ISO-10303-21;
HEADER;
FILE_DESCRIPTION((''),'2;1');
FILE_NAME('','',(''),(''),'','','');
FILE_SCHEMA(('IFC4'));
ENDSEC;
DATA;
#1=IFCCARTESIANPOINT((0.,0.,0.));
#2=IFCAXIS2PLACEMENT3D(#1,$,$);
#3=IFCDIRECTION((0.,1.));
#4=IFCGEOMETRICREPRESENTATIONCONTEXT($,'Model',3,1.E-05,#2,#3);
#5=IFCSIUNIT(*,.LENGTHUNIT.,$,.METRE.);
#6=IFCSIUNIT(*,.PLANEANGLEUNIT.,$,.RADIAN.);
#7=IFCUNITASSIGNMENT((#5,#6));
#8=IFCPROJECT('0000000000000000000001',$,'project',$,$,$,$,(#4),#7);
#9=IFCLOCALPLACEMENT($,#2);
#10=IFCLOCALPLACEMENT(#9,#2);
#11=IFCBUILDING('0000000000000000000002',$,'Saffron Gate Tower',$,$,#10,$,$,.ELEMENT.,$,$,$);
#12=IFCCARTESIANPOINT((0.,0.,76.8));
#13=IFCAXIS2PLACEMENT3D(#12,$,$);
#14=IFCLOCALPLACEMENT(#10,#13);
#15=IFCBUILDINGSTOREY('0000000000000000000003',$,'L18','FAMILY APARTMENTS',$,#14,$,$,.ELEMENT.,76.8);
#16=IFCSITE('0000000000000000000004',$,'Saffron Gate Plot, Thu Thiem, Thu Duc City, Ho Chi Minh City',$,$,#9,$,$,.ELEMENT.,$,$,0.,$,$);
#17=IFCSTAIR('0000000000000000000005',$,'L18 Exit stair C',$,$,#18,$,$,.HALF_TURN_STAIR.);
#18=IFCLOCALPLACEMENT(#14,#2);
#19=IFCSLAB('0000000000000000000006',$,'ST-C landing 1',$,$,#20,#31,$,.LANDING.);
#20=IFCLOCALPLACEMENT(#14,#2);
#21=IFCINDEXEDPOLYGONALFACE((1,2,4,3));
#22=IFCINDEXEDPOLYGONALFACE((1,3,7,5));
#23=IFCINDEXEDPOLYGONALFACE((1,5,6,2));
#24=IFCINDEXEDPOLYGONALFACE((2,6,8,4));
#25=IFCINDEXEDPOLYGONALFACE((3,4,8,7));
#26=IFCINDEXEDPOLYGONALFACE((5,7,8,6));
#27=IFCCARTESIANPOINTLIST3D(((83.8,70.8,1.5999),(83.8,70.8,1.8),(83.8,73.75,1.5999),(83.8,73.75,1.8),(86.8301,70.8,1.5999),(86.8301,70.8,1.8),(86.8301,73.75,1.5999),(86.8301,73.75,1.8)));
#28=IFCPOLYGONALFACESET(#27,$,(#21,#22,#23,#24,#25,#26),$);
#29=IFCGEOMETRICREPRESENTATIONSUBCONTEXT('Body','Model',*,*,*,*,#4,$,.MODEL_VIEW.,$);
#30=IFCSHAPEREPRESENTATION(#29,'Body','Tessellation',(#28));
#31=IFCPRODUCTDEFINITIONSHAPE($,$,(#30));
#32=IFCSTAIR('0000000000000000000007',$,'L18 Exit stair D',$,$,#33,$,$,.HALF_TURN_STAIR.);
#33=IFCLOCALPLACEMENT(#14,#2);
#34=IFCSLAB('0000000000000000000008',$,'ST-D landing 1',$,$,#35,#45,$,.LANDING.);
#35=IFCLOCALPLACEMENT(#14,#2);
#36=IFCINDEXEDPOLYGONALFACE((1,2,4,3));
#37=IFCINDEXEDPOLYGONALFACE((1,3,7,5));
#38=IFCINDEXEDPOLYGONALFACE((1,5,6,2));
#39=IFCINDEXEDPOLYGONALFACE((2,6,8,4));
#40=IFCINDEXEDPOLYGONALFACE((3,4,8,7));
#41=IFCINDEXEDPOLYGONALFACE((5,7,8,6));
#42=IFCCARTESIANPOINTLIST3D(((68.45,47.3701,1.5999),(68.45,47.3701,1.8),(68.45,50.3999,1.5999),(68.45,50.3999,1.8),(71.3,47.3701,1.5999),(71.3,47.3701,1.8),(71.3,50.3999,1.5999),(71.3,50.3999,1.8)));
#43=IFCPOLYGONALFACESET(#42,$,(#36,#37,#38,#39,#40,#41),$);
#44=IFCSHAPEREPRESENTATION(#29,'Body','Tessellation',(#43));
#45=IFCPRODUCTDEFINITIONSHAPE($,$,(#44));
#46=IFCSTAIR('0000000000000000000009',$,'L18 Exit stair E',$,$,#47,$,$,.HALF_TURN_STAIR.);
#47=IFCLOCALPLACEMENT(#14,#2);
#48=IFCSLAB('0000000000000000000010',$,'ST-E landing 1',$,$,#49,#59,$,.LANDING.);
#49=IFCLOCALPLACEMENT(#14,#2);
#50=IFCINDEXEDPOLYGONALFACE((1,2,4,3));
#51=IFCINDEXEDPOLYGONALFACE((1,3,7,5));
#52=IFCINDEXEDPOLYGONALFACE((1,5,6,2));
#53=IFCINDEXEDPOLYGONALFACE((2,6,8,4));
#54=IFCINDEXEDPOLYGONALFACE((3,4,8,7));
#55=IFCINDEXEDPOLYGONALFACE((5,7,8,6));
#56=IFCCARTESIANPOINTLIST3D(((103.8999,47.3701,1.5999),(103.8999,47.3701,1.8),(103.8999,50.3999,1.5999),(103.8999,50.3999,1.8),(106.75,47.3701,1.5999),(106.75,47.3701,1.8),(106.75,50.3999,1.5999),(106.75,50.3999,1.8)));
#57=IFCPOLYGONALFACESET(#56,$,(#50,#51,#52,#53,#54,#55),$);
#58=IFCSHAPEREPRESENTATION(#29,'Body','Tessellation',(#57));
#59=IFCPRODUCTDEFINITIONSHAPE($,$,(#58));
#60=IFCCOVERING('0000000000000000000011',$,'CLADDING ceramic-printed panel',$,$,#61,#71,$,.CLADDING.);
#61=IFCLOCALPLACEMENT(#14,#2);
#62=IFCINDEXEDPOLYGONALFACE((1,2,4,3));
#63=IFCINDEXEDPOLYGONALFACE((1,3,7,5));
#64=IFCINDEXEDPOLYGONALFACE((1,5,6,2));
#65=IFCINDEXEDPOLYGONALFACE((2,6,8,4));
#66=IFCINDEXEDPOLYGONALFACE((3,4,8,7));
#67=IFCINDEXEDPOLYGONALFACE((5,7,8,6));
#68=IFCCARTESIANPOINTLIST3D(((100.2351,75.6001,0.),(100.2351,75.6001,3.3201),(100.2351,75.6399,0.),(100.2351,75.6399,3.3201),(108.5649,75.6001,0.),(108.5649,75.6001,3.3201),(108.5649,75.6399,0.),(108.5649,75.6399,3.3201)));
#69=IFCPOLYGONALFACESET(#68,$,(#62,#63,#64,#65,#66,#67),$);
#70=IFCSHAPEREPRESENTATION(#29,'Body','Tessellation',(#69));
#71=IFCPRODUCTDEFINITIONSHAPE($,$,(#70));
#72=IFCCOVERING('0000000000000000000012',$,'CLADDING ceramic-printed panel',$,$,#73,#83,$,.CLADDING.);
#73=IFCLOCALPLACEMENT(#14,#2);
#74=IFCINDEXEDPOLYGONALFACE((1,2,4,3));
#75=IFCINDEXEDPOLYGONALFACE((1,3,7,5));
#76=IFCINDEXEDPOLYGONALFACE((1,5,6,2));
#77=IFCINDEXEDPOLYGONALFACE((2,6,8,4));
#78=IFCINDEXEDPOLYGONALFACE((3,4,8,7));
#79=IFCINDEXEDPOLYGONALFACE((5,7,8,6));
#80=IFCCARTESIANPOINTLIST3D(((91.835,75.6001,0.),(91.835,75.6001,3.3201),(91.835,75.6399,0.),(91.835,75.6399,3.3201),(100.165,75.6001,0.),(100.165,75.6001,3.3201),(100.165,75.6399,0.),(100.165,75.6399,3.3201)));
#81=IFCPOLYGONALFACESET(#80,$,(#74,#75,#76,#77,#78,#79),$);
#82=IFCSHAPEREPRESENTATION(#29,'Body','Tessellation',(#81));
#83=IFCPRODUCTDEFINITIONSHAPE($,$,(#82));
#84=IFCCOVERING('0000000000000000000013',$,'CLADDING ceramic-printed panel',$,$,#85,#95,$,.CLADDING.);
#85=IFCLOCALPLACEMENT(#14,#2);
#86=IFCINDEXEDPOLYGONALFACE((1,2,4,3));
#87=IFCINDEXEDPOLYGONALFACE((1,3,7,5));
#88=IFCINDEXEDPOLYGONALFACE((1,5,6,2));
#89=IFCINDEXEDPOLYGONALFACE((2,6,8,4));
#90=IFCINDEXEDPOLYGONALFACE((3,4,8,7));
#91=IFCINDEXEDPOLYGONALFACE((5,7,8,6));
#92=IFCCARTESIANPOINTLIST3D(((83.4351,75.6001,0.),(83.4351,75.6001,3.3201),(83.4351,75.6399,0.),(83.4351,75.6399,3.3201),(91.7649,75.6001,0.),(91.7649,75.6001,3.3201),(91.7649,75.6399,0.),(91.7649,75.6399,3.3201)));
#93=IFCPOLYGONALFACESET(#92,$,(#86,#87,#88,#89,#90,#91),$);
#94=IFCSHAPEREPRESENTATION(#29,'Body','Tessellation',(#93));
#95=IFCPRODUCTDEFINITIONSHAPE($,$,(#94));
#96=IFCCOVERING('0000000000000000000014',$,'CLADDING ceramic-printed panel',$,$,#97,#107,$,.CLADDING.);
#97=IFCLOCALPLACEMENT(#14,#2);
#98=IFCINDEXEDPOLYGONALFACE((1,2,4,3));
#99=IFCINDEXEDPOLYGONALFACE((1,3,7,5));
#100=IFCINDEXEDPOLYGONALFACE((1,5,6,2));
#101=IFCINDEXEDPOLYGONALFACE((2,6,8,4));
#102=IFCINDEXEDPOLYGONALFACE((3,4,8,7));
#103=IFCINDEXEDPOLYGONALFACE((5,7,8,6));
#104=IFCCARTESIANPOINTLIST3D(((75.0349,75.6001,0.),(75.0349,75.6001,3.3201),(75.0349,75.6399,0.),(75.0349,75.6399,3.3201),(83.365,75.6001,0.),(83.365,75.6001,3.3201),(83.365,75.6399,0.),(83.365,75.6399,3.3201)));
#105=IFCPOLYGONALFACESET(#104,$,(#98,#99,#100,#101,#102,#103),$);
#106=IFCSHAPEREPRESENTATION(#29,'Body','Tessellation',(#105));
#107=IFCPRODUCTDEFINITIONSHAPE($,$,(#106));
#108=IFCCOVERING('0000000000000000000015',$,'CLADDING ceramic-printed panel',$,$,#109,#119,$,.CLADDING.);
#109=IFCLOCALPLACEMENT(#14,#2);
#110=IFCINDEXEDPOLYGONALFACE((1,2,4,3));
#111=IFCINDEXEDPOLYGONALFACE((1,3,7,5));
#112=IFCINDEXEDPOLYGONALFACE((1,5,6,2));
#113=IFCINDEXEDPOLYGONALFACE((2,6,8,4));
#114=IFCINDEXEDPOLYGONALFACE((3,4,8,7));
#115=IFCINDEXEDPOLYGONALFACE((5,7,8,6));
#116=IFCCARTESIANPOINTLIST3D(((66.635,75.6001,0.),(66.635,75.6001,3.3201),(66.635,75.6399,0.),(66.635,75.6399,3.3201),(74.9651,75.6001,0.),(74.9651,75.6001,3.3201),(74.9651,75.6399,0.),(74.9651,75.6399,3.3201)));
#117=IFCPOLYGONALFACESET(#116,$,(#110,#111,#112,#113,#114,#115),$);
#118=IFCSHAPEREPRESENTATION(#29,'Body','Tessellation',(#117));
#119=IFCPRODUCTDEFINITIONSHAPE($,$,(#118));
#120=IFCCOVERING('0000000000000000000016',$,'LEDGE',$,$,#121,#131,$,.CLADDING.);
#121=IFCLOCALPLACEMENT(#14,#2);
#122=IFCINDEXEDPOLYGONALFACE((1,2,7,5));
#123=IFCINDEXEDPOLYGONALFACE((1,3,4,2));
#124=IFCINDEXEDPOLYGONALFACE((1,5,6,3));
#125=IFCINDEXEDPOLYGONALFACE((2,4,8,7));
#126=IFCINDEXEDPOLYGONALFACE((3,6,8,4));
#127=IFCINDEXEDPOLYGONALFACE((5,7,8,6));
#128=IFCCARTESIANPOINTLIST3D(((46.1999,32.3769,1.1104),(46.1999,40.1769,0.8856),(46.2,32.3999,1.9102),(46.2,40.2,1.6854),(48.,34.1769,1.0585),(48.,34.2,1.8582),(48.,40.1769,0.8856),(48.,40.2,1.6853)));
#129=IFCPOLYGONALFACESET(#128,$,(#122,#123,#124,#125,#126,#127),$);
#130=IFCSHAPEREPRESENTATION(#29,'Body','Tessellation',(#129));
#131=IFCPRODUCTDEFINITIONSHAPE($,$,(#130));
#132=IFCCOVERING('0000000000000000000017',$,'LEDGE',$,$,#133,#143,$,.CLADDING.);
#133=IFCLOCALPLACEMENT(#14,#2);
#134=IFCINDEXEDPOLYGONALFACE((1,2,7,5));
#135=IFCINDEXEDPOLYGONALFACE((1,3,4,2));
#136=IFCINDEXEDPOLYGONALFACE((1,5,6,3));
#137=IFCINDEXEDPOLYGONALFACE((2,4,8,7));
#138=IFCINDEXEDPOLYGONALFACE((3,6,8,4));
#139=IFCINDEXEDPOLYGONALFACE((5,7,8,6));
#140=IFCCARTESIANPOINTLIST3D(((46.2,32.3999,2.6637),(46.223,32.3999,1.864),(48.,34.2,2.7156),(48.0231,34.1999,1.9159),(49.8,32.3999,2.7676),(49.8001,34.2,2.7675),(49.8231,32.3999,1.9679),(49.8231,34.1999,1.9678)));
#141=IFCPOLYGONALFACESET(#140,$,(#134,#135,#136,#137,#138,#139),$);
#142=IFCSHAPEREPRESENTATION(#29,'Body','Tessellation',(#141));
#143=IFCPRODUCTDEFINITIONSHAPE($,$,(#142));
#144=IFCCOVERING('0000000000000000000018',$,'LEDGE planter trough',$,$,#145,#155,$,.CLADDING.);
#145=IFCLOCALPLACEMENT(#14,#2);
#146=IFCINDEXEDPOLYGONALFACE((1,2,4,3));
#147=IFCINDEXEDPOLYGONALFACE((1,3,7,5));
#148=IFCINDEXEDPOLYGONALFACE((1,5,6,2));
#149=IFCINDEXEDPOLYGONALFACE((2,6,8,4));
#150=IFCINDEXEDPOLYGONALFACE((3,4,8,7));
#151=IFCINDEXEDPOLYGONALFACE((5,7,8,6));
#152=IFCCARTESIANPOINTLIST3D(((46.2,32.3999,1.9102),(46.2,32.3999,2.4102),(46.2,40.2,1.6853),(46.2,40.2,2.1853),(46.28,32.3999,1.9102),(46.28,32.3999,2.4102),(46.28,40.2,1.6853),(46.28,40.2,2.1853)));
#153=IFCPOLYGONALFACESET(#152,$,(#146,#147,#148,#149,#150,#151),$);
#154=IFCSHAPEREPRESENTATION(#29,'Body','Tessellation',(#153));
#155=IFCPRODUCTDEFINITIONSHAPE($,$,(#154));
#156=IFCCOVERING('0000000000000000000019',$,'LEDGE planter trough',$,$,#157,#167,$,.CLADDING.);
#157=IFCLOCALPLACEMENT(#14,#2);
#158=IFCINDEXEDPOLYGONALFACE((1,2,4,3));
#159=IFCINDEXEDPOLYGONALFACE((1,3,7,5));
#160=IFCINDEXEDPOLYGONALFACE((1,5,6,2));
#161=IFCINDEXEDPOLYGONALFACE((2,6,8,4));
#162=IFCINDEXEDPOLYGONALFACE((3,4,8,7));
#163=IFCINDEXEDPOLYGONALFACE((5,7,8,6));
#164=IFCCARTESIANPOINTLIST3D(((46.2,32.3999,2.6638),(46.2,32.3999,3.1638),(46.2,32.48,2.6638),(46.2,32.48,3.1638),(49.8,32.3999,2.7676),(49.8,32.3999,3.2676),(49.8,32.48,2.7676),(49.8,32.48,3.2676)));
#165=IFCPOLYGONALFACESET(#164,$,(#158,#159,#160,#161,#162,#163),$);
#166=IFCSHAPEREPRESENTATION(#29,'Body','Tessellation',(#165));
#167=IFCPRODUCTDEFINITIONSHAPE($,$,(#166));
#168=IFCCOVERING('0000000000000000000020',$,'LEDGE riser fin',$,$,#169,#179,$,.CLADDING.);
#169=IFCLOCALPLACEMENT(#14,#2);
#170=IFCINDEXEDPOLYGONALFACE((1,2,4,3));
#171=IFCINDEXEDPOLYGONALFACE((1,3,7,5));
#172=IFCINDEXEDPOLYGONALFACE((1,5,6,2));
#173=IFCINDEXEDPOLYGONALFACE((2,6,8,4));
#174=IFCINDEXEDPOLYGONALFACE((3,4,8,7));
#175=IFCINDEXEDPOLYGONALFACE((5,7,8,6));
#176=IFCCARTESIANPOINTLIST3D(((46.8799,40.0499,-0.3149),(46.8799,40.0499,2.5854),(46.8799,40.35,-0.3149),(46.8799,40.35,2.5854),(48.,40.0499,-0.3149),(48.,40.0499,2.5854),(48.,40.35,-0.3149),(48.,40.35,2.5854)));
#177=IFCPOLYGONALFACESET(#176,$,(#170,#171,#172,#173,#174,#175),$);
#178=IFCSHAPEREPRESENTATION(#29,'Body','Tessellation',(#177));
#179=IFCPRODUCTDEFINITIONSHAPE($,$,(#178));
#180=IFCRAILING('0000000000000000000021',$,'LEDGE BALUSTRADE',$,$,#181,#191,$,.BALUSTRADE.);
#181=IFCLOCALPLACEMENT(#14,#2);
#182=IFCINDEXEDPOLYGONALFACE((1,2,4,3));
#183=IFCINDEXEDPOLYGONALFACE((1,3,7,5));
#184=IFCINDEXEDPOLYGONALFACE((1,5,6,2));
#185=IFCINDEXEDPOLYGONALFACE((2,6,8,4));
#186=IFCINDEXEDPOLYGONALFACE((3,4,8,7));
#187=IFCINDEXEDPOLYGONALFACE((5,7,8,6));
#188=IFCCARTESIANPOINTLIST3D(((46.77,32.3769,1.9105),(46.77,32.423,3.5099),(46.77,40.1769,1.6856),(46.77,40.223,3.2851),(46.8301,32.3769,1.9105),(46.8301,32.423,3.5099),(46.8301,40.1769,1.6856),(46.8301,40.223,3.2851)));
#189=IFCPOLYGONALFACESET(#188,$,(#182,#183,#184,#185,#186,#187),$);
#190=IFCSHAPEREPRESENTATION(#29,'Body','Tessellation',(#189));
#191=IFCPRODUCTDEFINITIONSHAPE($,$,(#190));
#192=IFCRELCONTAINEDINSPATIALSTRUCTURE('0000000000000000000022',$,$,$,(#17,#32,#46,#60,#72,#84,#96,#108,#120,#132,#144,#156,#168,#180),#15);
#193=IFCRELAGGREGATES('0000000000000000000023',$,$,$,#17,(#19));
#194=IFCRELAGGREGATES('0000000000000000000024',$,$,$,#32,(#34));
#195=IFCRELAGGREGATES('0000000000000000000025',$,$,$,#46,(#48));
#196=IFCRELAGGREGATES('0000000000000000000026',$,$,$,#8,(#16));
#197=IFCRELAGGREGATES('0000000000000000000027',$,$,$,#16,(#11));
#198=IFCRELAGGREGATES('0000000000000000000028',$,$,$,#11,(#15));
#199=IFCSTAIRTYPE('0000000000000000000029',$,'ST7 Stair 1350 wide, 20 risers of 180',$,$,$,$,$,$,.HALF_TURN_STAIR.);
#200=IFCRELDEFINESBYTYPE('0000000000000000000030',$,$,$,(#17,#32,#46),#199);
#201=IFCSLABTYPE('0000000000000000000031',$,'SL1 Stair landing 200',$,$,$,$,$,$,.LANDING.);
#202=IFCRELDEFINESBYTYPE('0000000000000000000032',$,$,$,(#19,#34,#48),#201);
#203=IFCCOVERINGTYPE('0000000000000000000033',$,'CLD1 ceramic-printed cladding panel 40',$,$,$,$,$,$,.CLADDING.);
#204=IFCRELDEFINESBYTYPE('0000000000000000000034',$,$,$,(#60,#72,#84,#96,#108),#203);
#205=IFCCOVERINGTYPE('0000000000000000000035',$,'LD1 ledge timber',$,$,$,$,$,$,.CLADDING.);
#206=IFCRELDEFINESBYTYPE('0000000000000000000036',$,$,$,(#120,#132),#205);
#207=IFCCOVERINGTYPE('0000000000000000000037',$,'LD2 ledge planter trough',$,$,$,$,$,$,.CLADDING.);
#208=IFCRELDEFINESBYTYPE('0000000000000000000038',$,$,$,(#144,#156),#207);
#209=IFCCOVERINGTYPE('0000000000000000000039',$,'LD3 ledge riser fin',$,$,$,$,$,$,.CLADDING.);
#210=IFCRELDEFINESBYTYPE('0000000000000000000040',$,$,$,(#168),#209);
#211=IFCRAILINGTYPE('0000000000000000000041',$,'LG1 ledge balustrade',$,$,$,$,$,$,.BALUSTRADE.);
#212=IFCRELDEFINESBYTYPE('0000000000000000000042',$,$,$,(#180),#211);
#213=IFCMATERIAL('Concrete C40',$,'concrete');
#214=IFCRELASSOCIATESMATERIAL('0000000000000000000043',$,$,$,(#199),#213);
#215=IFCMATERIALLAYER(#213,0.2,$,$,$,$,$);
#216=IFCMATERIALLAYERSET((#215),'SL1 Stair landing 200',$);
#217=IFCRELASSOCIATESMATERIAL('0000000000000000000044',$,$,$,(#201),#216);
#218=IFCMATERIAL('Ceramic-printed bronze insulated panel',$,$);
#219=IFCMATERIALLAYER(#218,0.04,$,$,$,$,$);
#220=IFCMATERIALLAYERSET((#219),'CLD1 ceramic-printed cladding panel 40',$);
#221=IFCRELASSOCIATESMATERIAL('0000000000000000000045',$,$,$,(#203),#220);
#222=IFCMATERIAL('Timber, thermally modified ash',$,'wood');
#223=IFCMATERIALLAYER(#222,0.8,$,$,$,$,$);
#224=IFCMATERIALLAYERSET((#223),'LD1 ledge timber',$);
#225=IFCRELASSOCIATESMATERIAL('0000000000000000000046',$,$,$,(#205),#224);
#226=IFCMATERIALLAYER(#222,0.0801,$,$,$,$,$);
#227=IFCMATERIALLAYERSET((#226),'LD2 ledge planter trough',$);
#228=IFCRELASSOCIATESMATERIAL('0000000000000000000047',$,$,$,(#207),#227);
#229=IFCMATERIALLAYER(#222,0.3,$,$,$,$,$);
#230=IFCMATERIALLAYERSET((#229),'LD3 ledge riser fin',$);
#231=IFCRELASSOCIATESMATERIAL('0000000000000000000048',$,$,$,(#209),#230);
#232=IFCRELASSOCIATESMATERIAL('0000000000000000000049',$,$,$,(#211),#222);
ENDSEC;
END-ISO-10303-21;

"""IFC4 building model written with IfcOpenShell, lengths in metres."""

from ifc_helpers import new_model, si_unit, direction, frame, origin, origin_2d, place, context, subcontext, project, spatial, polyline, rectangle, outline, extrude, material, layer, layer_set, type_object, element, aggregate, save


model = new_model("IFC4")

# Units and contexts
model_context = context("Model", 3, precision=1e-05, world=origin(), true_north=direction((0.0, 1.0)))
body_context = subcontext(model_context, "Body", "Model", "MODEL_VIEW")
ifc_project = project(units=[si_unit("LENGTHUNIT", "METRE"), si_unit("PLANEANGLEUNIT", "RADIAN")], contexts=[model_context])

# Site, building, storey
site_placement = place(None, origin())
site = spatial("IfcSite", under=ifc_project, at=site_placement, Name="Saffron Gate Plot, Thu Thiem, Thu Duc City, Ho Chi Minh City", CompositionType="ELEMENT", RefElevation=0.0)
building_placement = place(site_placement, origin())
building = spatial("IfcBuilding", under=site, at=building_placement, Name="Saffron Gate Tower", CompositionType="ELEMENT")
storey_placement = place(building_placement, frame((0.0, 0.0, 76.8)))
storey = spatial("IfcBuildingStorey", under=building, at=storey_placement, Name="L18", Description="FAMILY APARTMENTS", CompositionType="ELEMENT", Elevation=76.8)

# Shared definitions
ifc_material_1 = material(Name="Concrete C40", Category="concrete")

# Stairs, slabs
stair_type = type_object("IfcStairType", Name="ST7 Stair 1350 wide, 20 risers of 180", PredefinedType="HALF_TURN_STAIR", material=ifc_material_1)
ifc_layer_1 = layer(ifc_material_1, 0.2)
ifc_layer_set_1 = layer_set([ifc_layer_1], Name="SL1 Stair landing 200")
slab_type_1 = type_object("IfcSlabType", Name="SL1 Stair landing 200", PredefinedType="LANDING", material=ifc_layer_set_1)
stair_1_placement = place(storey_placement, origin())
stair_1 = element("IfcStair", 1, at=stair_1_placement, inside=storey, type_object=stair_type, Name="L18 Exit stair C", PredefinedType="HALF_TURN_STAIR")
slab_1_placement = place(storey_placement, frame((0.0, 0.0, 1.5999)))
slab_1 = element("IfcSlab", 2, at=slab_1_placement, type_object=slab_type_1, Name="ST-C landing 1", PredefinedType="LANDING", context=body_context, shape_type="SweptSolid", body=[
    extrude(outline(polyline([(86.8301, 73.75), (83.8, 73.75), (83.8, 70.8), (86.8301, 70.8), (86.8301, 73.75)])), origin(), (0.0, 0.0, 1.0), 0.2002),
])
aggregate(stair_1, [slab_1])
stair_2_placement = place(storey_placement, origin())
stair_2 = element("IfcStair", 3, at=stair_2_placement, inside=storey, type_object=stair_type, Name="L18 Exit stair D", PredefinedType="HALF_TURN_STAIR")
slab_2_placement = place(storey_placement, frame((0.0, 0.0, 1.5999)))
slab_2 = element("IfcSlab", 4, at=slab_2_placement, type_object=slab_type_1, Name="ST-D landing 1", PredefinedType="LANDING", context=body_context, shape_type="SweptSolid", body=[
    extrude(outline(polyline([(71.3, 47.3701), (71.3, 50.3999), (68.45, 50.3999), (68.45, 47.3701), (71.3, 47.3701)])), origin(), (0.0, 0.0, 1.0), 0.2002),
])
aggregate(stair_2, [slab_2])
stair_3_placement = place(storey_placement, origin())
stair_3 = element("IfcStair", 5, at=stair_3_placement, inside=storey, type_object=stair_type, Name="L18 Exit stair E", PredefinedType="HALF_TURN_STAIR")
slab_3_placement = place(storey_placement, frame((0.0, 0.0, 1.5999)))
slab_3 = element("IfcSlab", 6, at=slab_3_placement, type_object=slab_type_1, Name="ST-E landing 1", PredefinedType="LANDING", context=body_context, shape_type="SweptSolid", body=[
    extrude(outline(polyline([(106.75, 47.3701), (106.75, 50.3999), (103.8999, 50.3999), (103.8999, 47.3701), (106.75, 47.3701)])), origin(), (0.0, 0.0, 1.0), 0.2002),
])
aggregate(stair_3, [slab_3])

# Coverings
ifc_material_2 = material(Name="Ceramic-printed bronze insulated panel")
ifc_layer_2 = layer(ifc_material_2, 0.04)
ifc_layer_set_2 = layer_set([ifc_layer_2], Name="CLD1 ceramic-printed cladding panel 40")
covering_type_1 = type_object("IfcCoveringType", Name="CLD1 ceramic-printed cladding panel 40", PredefinedType="CLADDING", material=ifc_layer_set_2)
covering_1_placement = place(storey_placement, origin())
element("IfcCovering", 7, at=covering_1_placement, inside=storey, type_object=covering_type_1, Name="CLADDING ceramic-printed panel", PredefinedType="CLADDING", context=body_context, shape_type="SweptSolid", body=[
    extrude(outline(polyline([(108.5649, 75.6399), (100.2351, 75.6399), (100.2351, 75.6001), (108.5649, 75.6001), (108.5649, 75.6399)])), origin(), (0.0, 0.0, 1.0), 3.3201),
])
covering_2_placement = place(storey_placement, origin())
element("IfcCovering", 8, at=covering_2_placement, inside=storey, type_object=covering_type_1, Name="CLADDING ceramic-printed panel", PredefinedType="CLADDING", context=body_context, shape_type="SweptSolid", body=[
    extrude(outline(polyline([(100.165, 75.6399), (91.835, 75.6399), (91.835, 75.6001), (100.165, 75.6001), (100.165, 75.6399)])), origin(), (0.0, 0.0, 1.0), 3.3201),
])
covering_3_placement = place(storey_placement, origin())
element("IfcCovering", 9, at=covering_3_placement, inside=storey, type_object=covering_type_1, Name="CLADDING ceramic-printed panel", PredefinedType="CLADDING", context=body_context, shape_type="SweptSolid", body=[
    extrude(outline(polyline([(91.7649, 75.6399), (83.4351, 75.6399), (83.4351, 75.6001), (91.7649, 75.6001), (91.7649, 75.6399)])), origin(), (0.0, 0.0, 1.0), 3.3201),
])
covering_4_placement = place(storey_placement, origin())
element("IfcCovering", 10, at=covering_4_placement, inside=storey, type_object=covering_type_1, Name="CLADDING ceramic-printed panel", PredefinedType="CLADDING", context=body_context, shape_type="SweptSolid", body=[
    extrude(outline(polyline([(83.365, 75.6399), (75.0349, 75.6399), (75.0349, 75.6001), (83.365, 75.6001), (83.365, 75.6399)])), origin(), (0.0, 0.0, 1.0), 3.3201),
])
covering_5_placement = place(storey_placement, origin())
element("IfcCovering", 11, at=covering_5_placement, inside=storey, type_object=covering_type_1, Name="CLADDING ceramic-printed panel", PredefinedType="CLADDING", context=body_context, shape_type="SweptSolid", body=[
    extrude(outline(polyline([(74.9651, 75.6399), (66.635, 75.6399), (66.635, 75.6001), (74.9651, 75.6001), (74.9651, 75.6399)])), origin(), (0.0, 0.0, 1.0), 3.3201),
])
ifc_material_3 = material(Name="Timber, thermally modified ash", Category="wood")
ifc_layer_3 = layer(ifc_material_3, 0.8)
ifc_layer_set_3 = layer_set([ifc_layer_3], Name="LD1 ledge timber")
covering_type_2 = type_object("IfcCoveringType", Name="LD1 ledge timber", PredefinedType="CLADDING", material=ifc_layer_set_3)
covering_6_placement = place(storey_placement, frame((48.0, 40.2, 1.6853), z_axis=(0.000035, 0.028807, 0.999585), x_axis=(0.0, -0.999585, 0.028807)))
element("IfcCovering", 12, at=covering_6_placement, inside=storey, type_object=covering_type_2, Name="LEDGE", PredefinedType="CLADDING", context=body_context, shape_type="SweptSolid", body=[
    extrude(outline(polyline([(0.0, 0.0), (6.0025, 0.0), (7.8033, -1.8), (0.0, -1.8), (0.0, 0.0)])), origin(), (0.0, 0.0, -1.0), 0.8),
])
covering_7_placement = place(storey_placement, frame((48.0, 34.2, 2.7156), z_axis=(-0.028832, 0.000045, 0.999584), x_axis=(0.999584, 0.0, 0.028832)))
element("IfcCovering", 13, at=covering_7_placement, inside=storey, type_object=covering_type_2, Name="LEDGE", PredefinedType="CLADDING", context=body_context, shape_type="SweptSolid", body=[
    extrude(outline(polyline([(0.0, 0.0), (1.8008, 0.0), (1.8008, -1.8), (-1.8008, -1.8), (0.0, 0.0)])), origin(), (0.0, 0.0, -1.0), 0.8),
])
ifc_layer_4 = layer(ifc_material_3, 0.0801)
ifc_layer_set_4 = layer_set([ifc_layer_4], Name="LD2 ledge planter trough")
covering_type_3 = type_object("IfcCoveringType", Name="LD2 ledge planter trough", PredefinedType="CLADDING", material=ifc_layer_set_4)
covering_8_placement = place(storey_placement, frame((46.2, 40.2, 1.6853), z_axis=(-1.0, 0.0, 0.0), x_axis=(0.0, -0.999585, 0.028815)))
element("IfcCovering", 14, at=covering_8_placement, inside=storey, type_object=covering_type_3, Name="LEDGE planter trough", PredefinedType="CLADDING", context=body_context, shape_type="SweptSolid", body=[
    extrude(outline(polyline([(0.0, 0.0), (7.8033, 0.0), (7.8177, 0.4998), (0.0144, 0.4998), (0.0, 0.0)])), origin(), (0.0, 0.0, -1.0), 0.0801),
])
covering_9_placement = place(storey_placement, frame((46.2, 32.3999, 2.6638), z_axis=(0.0, -1.0, 0.0), x_axis=(0.999585, 0.0, 0.028809)))
element("IfcCovering", 15, at=covering_9_placement, inside=storey, type_object=covering_type_3, Name="LEDGE planter trough", PredefinedType="CLADDING", context=body_context, shape_type="SweptSolid", body=[
    extrude(outline(polyline([(0.0, 0.0), (3.6016, 0.0), (3.616, 0.4998), (0.0144, 0.4998), (0.0, 0.0)])), origin(), (0.0, 0.0, -1.0), 0.0801),
])
ifc_layer_5 = layer(ifc_material_3, 0.3)
ifc_layer_set_5 = layer_set([ifc_layer_5], Name="LD3 ledge riser fin")
covering_type_4 = type_object("IfcCoveringType", Name="LD3 ledge riser fin", PredefinedType="CLADDING", material=ifc_layer_set_5)
covering_10_placement = place(storey_placement, frame((47.4399, 40.2, -0.3149), z_axis=(0.0, 0.0, 1.0), x_axis=(0.0, -1.0, 0.0)))
element("IfcCovering", 16, at=covering_10_placement, inside=storey, type_object=covering_type_4, Name="LEDGE riser fin", PredefinedType="CLADDING", context=body_context, shape_type="SweptSolid", body=[
    extrude(rectangle(XDim=0.3, YDim=1.1201, at=origin_2d()), origin(), (0.0, 0.0, 1.0), 2.9004),
])

# Railing
railing_type = type_object("IfcRailingType", Name="LG1 ledge balustrade", PredefinedType="BALUSTRADE", material=ifc_material_3)
railing_1_placement = place(storey_placement, frame((46.8, 40.2, 1.6853)))
element("IfcRailing", 17, at=railing_1_placement, inside=storey, type_object=railing_type, Name="LEDGE BALUSTRADE", PredefinedType="BALUSTRADE", context=body_context, shape_type="SweptSolid", body=[
    extrude(rectangle(XDim=0.0601, YDim=1.6001, at=origin_2d()), frame((0.0, 0.0, 0.8), z_axis=(0.0, -0.999585, 0.028815), x_axis=(1.0, 0.0, 0.0)), (0.0, 0.0, 1.0), 7.8032),
])

save(model, "model.ifc")
